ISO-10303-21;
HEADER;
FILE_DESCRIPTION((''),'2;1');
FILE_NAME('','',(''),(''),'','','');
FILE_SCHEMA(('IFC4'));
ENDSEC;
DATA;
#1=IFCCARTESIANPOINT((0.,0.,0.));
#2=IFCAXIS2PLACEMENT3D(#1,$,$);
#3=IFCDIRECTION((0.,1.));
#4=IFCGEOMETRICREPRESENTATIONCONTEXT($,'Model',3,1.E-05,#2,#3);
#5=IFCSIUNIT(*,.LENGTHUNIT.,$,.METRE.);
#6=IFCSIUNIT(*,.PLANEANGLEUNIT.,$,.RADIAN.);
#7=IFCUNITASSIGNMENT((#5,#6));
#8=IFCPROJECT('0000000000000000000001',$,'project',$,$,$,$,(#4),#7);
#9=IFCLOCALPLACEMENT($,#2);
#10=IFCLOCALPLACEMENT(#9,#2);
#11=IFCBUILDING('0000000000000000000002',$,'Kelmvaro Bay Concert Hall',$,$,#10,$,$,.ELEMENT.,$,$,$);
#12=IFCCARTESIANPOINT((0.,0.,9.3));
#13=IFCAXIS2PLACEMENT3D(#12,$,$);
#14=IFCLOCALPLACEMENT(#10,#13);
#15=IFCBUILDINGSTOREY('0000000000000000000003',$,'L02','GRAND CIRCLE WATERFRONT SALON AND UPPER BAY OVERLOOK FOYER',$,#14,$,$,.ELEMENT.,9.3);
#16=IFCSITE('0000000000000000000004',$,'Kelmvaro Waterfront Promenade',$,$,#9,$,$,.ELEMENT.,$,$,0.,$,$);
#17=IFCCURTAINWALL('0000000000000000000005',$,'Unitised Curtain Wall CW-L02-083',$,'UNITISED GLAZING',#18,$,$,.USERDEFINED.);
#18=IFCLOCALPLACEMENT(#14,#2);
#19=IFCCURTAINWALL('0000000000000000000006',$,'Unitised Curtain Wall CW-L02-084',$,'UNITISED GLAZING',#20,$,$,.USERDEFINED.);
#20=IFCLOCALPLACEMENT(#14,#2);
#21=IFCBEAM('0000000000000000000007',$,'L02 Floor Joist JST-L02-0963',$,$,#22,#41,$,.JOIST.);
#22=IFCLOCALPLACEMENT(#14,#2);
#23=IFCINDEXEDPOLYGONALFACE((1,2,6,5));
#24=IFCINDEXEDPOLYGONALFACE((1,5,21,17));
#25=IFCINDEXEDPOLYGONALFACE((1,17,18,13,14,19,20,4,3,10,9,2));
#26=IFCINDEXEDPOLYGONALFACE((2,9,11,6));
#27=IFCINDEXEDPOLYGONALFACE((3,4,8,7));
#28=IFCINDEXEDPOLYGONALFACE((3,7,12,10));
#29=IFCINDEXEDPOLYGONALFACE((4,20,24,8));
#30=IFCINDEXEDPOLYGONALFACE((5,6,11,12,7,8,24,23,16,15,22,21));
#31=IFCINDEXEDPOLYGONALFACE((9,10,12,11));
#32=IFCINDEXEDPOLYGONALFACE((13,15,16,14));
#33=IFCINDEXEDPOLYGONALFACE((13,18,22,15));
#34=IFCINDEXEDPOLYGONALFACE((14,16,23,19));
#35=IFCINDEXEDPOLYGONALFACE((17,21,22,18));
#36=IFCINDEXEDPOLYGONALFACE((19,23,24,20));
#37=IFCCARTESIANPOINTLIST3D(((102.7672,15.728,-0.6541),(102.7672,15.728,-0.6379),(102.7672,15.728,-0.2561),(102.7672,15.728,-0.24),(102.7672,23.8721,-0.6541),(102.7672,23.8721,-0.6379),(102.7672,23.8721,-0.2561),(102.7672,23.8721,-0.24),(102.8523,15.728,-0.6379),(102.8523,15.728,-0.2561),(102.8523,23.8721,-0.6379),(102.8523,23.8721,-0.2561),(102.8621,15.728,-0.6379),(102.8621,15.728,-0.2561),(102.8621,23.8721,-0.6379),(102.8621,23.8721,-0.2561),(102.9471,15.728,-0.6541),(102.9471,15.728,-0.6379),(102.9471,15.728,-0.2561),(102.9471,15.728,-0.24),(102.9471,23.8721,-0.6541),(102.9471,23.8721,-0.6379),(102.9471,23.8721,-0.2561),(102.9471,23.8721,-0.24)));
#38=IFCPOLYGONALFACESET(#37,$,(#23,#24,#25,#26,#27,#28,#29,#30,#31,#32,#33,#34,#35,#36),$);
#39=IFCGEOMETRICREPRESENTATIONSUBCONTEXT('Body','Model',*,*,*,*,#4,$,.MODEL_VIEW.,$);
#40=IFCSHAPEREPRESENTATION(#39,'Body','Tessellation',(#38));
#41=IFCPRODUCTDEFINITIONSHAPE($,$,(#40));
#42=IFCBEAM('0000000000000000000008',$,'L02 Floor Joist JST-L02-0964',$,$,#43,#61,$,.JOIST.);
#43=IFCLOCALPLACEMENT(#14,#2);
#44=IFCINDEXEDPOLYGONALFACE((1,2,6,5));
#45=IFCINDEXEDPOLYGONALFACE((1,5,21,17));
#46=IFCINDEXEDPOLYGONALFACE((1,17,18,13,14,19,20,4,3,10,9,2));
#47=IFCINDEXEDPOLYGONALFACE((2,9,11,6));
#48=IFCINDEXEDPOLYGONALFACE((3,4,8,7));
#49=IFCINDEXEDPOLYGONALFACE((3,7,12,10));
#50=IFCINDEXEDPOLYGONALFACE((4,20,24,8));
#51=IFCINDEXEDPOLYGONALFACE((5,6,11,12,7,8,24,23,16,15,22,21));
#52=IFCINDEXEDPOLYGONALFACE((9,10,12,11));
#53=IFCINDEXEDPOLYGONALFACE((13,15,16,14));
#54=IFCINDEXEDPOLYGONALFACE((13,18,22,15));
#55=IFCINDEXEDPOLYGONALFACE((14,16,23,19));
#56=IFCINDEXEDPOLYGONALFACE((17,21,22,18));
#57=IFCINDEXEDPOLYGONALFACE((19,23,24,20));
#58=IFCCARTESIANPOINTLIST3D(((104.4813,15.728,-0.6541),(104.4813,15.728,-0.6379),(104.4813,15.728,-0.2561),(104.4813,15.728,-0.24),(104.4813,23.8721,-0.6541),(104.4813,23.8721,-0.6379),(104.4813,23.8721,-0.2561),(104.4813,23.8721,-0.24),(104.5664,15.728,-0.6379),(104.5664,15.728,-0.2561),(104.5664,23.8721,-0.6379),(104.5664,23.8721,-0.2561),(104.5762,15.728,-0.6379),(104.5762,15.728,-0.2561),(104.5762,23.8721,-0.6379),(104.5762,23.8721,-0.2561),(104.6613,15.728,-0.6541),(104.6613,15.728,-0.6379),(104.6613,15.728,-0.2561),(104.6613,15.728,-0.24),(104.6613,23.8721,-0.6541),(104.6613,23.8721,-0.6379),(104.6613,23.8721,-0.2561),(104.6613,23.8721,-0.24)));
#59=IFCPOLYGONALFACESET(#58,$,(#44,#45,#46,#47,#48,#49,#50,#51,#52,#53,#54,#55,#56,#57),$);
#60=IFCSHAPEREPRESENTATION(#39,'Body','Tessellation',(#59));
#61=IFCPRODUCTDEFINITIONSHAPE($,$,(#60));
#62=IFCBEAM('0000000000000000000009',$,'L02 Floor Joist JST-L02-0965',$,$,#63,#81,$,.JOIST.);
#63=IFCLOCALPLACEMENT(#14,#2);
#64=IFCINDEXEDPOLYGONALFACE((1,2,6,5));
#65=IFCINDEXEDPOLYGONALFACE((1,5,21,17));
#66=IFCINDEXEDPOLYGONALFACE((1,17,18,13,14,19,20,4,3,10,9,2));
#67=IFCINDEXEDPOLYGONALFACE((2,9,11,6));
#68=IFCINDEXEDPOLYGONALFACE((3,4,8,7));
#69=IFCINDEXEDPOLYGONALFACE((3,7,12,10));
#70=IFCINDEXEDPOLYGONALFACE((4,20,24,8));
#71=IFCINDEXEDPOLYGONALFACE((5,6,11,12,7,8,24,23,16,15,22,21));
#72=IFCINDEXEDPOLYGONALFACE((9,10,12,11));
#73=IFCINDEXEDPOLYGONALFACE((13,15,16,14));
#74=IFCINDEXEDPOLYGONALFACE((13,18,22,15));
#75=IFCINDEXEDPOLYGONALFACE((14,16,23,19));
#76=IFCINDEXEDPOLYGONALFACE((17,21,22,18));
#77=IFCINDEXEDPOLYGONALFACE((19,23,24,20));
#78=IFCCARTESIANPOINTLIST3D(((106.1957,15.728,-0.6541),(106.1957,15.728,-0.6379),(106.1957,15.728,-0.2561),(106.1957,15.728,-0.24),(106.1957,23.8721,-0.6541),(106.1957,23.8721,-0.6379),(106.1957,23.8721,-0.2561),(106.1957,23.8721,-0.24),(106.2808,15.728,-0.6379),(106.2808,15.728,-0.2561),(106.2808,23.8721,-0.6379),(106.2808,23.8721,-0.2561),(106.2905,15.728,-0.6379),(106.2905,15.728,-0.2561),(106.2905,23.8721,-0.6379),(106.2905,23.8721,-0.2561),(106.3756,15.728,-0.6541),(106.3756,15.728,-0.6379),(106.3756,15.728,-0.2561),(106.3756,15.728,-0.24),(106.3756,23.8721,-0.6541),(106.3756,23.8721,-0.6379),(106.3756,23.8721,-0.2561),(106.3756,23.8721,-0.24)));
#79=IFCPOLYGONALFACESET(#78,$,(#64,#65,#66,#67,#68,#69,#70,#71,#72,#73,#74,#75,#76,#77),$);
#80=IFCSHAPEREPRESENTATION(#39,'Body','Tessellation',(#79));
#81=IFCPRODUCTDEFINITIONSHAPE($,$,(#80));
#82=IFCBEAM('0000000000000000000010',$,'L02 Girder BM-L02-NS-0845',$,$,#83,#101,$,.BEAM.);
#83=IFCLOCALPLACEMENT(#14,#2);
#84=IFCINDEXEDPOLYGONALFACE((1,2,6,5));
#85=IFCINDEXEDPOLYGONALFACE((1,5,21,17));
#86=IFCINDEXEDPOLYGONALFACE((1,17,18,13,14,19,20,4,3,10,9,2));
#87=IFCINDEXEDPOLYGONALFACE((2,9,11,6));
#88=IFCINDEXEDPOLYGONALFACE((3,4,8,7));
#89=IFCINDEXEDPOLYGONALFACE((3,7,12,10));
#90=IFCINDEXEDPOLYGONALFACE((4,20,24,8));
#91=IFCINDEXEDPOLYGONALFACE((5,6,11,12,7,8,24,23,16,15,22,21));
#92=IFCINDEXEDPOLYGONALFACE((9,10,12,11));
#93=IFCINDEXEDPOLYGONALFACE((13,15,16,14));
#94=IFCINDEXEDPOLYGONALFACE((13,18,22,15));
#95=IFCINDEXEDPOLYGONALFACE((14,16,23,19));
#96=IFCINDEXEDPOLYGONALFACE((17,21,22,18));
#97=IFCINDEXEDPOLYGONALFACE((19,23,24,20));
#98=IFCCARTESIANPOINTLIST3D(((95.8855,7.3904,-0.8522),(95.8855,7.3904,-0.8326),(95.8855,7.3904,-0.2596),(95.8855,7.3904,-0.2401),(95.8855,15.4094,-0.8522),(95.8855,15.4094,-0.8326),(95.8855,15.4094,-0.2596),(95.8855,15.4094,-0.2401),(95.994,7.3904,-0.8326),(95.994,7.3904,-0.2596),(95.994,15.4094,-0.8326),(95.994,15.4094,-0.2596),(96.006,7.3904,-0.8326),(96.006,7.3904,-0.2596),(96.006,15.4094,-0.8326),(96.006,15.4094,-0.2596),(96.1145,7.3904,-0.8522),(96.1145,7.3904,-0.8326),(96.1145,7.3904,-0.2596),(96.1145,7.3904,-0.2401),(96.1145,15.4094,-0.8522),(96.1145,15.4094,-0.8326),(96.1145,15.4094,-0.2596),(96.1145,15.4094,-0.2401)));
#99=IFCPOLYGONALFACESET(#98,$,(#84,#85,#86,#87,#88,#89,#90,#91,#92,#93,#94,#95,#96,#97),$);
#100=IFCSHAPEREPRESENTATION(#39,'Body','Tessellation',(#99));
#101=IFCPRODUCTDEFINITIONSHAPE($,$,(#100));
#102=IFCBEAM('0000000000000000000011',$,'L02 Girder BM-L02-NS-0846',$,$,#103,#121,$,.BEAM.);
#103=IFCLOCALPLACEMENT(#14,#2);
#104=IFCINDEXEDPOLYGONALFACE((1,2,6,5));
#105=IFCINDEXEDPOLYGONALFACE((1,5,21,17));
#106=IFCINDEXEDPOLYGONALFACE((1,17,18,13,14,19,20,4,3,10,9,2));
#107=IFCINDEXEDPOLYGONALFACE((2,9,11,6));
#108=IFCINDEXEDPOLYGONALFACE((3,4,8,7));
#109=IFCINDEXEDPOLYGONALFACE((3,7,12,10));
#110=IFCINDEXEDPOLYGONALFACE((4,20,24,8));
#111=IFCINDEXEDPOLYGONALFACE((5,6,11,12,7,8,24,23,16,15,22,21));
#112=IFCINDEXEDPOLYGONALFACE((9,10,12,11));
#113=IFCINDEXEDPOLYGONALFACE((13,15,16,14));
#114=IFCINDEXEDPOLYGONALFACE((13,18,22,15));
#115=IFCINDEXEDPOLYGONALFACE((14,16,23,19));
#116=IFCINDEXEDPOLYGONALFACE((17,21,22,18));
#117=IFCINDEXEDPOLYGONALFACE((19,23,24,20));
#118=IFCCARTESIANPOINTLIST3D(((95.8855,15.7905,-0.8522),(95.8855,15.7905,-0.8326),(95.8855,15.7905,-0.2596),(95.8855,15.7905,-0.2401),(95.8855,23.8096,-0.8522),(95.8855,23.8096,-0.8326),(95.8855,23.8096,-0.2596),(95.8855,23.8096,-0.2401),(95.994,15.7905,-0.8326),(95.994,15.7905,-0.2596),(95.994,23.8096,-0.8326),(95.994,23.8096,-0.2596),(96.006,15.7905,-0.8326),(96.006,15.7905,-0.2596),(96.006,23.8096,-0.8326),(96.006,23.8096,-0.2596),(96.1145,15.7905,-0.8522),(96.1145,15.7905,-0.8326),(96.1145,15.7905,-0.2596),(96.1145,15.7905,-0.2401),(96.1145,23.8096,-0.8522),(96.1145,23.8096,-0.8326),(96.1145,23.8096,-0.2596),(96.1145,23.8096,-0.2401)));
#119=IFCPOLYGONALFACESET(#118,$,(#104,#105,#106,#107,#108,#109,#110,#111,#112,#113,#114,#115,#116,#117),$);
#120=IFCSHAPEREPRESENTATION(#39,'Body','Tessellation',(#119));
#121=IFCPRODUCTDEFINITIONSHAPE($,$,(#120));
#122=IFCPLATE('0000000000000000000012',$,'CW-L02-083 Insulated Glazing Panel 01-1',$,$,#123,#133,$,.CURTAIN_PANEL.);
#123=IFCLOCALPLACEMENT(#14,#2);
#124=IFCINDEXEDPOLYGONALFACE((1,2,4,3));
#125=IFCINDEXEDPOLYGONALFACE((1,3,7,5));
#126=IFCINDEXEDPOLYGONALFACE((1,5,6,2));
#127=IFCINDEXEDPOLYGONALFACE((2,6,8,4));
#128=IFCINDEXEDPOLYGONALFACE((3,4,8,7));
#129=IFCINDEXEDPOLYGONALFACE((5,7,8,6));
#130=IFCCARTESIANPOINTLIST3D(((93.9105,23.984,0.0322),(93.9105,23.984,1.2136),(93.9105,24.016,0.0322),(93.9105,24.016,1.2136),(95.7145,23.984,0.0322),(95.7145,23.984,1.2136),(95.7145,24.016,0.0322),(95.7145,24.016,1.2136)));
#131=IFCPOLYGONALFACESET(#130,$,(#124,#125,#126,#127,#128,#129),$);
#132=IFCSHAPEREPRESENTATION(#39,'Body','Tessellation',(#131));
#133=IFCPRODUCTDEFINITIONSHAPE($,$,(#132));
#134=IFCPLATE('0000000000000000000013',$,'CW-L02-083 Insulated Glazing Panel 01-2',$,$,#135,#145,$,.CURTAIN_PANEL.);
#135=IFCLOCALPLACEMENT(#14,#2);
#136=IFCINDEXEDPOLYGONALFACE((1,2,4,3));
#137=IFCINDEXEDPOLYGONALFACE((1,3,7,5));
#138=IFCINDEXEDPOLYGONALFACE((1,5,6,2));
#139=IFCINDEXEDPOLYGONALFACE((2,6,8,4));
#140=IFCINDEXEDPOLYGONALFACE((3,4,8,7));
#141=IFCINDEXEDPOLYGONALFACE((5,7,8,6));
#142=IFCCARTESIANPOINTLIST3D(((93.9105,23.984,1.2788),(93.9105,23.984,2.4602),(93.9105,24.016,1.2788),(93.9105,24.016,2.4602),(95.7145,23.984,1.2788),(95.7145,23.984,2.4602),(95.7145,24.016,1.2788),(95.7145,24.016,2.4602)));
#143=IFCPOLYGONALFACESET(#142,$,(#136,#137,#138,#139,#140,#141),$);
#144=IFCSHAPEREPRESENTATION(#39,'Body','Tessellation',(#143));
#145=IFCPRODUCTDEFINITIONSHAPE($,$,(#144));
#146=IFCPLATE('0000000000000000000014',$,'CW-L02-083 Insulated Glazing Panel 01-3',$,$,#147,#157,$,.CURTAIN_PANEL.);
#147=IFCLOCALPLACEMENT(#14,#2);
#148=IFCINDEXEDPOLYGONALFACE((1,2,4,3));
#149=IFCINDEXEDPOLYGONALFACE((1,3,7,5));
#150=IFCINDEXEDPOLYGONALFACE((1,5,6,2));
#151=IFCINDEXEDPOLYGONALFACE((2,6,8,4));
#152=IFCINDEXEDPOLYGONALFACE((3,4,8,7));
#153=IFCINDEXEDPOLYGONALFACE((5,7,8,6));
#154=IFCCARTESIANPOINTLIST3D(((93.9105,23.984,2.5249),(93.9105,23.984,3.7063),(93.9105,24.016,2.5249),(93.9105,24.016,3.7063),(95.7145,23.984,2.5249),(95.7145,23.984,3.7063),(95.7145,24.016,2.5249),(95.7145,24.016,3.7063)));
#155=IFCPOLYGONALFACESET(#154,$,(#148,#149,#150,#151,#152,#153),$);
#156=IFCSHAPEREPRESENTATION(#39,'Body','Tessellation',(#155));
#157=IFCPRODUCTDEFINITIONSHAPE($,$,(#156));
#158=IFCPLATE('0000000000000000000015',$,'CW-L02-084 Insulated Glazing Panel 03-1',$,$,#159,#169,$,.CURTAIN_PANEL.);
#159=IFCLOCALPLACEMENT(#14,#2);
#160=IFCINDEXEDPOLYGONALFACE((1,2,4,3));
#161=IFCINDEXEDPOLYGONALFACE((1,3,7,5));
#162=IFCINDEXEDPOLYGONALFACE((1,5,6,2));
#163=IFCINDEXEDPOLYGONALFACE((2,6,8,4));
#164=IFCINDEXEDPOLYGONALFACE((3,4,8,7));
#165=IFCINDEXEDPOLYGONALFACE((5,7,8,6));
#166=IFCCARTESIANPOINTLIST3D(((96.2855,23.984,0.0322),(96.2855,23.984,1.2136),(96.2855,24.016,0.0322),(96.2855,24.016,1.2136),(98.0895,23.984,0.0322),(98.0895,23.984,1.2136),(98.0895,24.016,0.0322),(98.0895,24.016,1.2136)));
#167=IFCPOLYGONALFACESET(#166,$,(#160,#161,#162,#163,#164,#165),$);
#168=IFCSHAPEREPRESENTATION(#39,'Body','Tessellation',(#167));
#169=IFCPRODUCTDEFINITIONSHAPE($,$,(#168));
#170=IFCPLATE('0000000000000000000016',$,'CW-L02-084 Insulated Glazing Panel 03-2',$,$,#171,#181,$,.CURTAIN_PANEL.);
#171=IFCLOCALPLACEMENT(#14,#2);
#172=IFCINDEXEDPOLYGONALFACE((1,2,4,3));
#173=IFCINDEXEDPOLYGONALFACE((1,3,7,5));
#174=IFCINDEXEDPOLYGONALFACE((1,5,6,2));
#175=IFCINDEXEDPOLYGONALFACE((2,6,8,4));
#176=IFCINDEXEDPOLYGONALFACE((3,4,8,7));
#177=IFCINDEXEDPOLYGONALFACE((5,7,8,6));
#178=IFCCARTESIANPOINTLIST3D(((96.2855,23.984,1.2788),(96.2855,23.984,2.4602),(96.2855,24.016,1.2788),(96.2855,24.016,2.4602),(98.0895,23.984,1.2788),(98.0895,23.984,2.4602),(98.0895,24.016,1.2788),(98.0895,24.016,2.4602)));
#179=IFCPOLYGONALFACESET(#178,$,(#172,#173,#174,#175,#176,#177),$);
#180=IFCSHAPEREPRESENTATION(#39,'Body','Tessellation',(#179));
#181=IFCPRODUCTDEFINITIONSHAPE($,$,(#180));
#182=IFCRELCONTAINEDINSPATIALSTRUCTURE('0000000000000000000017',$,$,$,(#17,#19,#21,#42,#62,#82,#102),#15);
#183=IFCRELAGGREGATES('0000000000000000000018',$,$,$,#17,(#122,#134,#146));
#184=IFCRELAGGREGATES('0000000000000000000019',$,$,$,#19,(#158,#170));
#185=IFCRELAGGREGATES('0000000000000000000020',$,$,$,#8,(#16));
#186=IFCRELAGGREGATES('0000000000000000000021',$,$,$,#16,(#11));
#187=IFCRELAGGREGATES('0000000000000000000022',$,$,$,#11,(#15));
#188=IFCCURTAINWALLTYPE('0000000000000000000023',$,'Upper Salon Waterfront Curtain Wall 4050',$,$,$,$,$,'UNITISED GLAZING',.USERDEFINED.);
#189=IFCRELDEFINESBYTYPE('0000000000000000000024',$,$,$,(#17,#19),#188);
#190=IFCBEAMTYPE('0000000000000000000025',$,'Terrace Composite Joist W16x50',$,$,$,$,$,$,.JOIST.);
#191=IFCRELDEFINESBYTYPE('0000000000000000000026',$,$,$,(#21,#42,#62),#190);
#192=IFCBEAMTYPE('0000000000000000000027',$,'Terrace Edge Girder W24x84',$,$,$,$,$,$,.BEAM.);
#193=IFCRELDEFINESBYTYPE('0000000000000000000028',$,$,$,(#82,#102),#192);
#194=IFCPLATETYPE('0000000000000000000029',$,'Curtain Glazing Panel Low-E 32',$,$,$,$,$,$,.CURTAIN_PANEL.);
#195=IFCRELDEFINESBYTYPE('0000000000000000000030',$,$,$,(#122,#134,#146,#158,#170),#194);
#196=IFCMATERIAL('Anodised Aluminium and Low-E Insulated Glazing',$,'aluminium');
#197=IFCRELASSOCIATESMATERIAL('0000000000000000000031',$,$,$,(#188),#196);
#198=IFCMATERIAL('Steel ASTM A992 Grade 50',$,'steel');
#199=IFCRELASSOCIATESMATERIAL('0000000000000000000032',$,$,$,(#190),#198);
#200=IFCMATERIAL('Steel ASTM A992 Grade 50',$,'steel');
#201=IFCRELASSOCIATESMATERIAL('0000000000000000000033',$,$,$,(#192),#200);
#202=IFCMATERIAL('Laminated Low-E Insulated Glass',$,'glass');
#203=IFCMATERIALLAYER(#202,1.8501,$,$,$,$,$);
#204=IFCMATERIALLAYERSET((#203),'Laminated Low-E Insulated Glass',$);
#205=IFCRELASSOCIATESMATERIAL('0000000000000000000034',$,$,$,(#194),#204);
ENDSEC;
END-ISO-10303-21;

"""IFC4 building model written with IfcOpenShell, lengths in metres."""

from ifc_helpers import new_model, si_unit, direction, frame, origin, origin_2d, place, context, subcontext, project, spatial, rectangle, i_section, extrude, material, layer, layer_set, material_profile, profile_set, type_object, element, aggregate, save


model = new_model("IFC4")

# Units and contexts
model_context = context("Model", 3, precision=1e-05, world=origin(), true_north=direction((0.0, 1.0)))
body_context = subcontext(model_context, "Body", "Model", "MODEL_VIEW")
ifc_project = project(units=[si_unit("LENGTHUNIT", "METRE"), si_unit("PLANEANGLEUNIT", "RADIAN")], contexts=[model_context])

# Site, building, storey
site_placement = place(None, origin())
site = spatial("IfcSite", under=ifc_project, at=site_placement, Name="Kelmvaro Waterfront Promenade", CompositionType="ELEMENT", RefElevation=0.0)
building_placement = place(site_placement, origin())
building = spatial("IfcBuilding", under=site, at=building_placement, Name="Kelmvaro Bay Concert Hall", CompositionType="ELEMENT")
storey_placement = place(building_placement, frame((0.0, 0.0, 9.3)))
storey = spatial("IfcBuildingStorey", under=building, at=storey_placement, Name="L02", Description="GRAND CIRCLE WATERFRONT SALON AND UPPER BAY OVERLOOK FOYER", CompositionType="ELEMENT", Elevation=9.3)

# Curtain walls
ifc_material_1 = material(Name="Anodised Aluminium and Low-E Insulated Glazing", Category="aluminium")
curtain_wall_type = type_object("IfcCurtainWallType", Name="Upper Salon Waterfront Curtain Wall 4050", ElementType="UNITISED GLAZING", PredefinedType="USERDEFINED", material=ifc_material_1)
curtain_wall_1_placement = place(storey_placement, origin())
curtain_wall_1 = element("IfcCurtainWall", 1, at=curtain_wall_1_placement, inside=storey, type_object=curtain_wall_type, Name="Unitised Curtain Wall CW-L02-083", ObjectType="UNITISED GLAZING", PredefinedType="USERDEFINED")
curtain_wall_2_placement = place(storey_placement, origin())
curtain_wall_2 = element("IfcCurtainWall", 2, at=curtain_wall_2_placement, inside=storey, type_object=curtain_wall_type, Name="Unitised Curtain Wall CW-L02-084", ObjectType="UNITISED GLAZING", PredefinedType="USERDEFINED")

# Beams
ifc_material_2 = material(Name="Steel ASTM A992 Grade 50", Category="steel")
ifc_material_profile_1 = material_profile(ifc_material_2, i_section(OverallWidth=0.1799, OverallDepth=0.4141, WebThickness=0.0098, FlangeThickness=0.0161, at=origin_2d()), Name="W16X50")
ifc_profile_set_1 = profile_set([ifc_material_profile_1], Name="Steel ASTM A992 Grade 50")
beam_type_1 = type_object("IfcBeamType", Name="Terrace Composite Joist W16x50", PredefinedType="JOIST", material=ifc_profile_set_1)
for number, where, z_axis, x_axis, name in (
    (3, (102.8572, 15.728, -0.447), (0.0, 1.0, 0.0), (-1.0, 0.0, 0.0), "L02 Floor Joist JST-L02-0963"),
    (4, (104.5713, 15.728, -0.447), (0.0, 1.0, 0.0), (-1.0, 0.0, 0.0), "L02 Floor Joist JST-L02-0964"),
    (5, (106.2856, 15.728, -0.447), (0.0, 1.0, 0.0), (-1.0, 0.0, 0.0), "L02 Floor Joist JST-L02-0965"),
):
    element("IfcBeam", number, at=place(storey_placement, frame(where, z_axis=z_axis, x_axis=x_axis)), inside=storey, type_object=beam_type_1, Name=name, PredefinedType="JOIST", context=body_context, shape_type="SweptSolid", body=[
        extrude(i_section(OverallWidth=0.1799, OverallDepth=0.4141, WebThickness=0.0098, FlangeThickness=0.0161, at=origin_2d()), origin(), (0.0, 0.0, 1.0), 8.144),
    ])
ifc_material_3 = material(Name="Steel ASTM A992 Grade 50", Category="steel")
ifc_material_profile_2 = material_profile(ifc_material_3, i_section(OverallWidth=0.229, OverallDepth=0.6121, WebThickness=0.012, FlangeThickness=0.0195, at=origin_2d()), Name="W24X84")
ifc_profile_set_2 = profile_set([ifc_material_profile_2], Name="Steel ASTM A992 Grade 50")
beam_type_2 = type_object("IfcBeamType", Name="Terrace Edge Girder W24x84", PredefinedType="BEAM", material=ifc_profile_set_2)
for number, where, z_axis, x_axis, name in (
    (6, (96.0, 7.3904, -0.5461), (0.0, 1.0, 0.0), (-1.0, 0.0, 0.0), "L02 Girder BM-L02-NS-0845"),
    (7, (96.0, 15.7905, -0.5461), (0.0, 1.0, 0.0), (-1.0, 0.0, 0.0), "L02 Girder BM-L02-NS-0846"),
):
    element("IfcBeam", number, at=place(storey_placement, frame(where, z_axis=z_axis, x_axis=x_axis)), inside=storey, type_object=beam_type_2, Name=name, PredefinedType="BEAM", context=body_context, shape_type="SweptSolid", body=[
        extrude(i_section(OverallWidth=0.229, OverallDepth=0.6121, WebThickness=0.012, FlangeThickness=0.0195, at=origin_2d()), origin(), (0.0, 0.0, 1.0), 8.019),
    ])

# Plates
ifc_material_4 = material(Name="Laminated Low-E Insulated Glass", Category="glass")
ifc_layer = layer(ifc_material_4, 1.8501)
ifc_layer_set = layer_set([ifc_layer], Name="Laminated Low-E Insulated Glass")
plate_type = type_object("IfcPlateType", Name="Curtain Glazing Panel Low-E 32", PredefinedType="CURTAIN_PANEL", material=ifc_layer_set)
plate_1_placement = place(storey_placement, frame((94.8125, 24.0, 0.0322), z_axis=(0.0, 0.0, 1.0), x_axis=(-1.0, 0.0, 0.0)))
plate_1 = element("IfcPlate", 8, at=plate_1_placement, type_object=plate_type, Name="CW-L02-083 Insulated Glazing Panel 01-1", PredefinedType="CURTAIN_PANEL", context=body_context, shape_type="SweptSolid", body=[
    extrude(rectangle(XDim=1.804, YDim=0.032, at=origin_2d()), origin(), (0.0, 0.0, 1.0), 1.1814),
])
plate_2_placement = place(storey_placement, frame((94.8125, 24.0, 1.2788), z_axis=(0.0, 0.0, 1.0), x_axis=(-1.0, 0.0, 0.0)))
plate_2 = element("IfcPlate", 9, at=plate_2_placement, type_object=plate_type, Name="CW-L02-083 Insulated Glazing Panel 01-2", PredefinedType="CURTAIN_PANEL", context=body_context, shape_type="SweptSolid", body=[
    extrude(rectangle(XDim=1.804, YDim=0.032, at=origin_2d()), origin(), (0.0, 0.0, 1.0), 1.1814),
])
plate_3_placement = place(storey_placement, frame((94.8125, 24.0, 2.5249), z_axis=(0.0, 0.0, 1.0), x_axis=(-1.0, 0.0, 0.0)))
plate_3 = element("IfcPlate", 10, at=plate_3_placement, type_object=plate_type, Name="CW-L02-083 Insulated Glazing Panel 01-3", PredefinedType="CURTAIN_PANEL", context=body_context, shape_type="SweptSolid", body=[
    extrude(rectangle(XDim=1.804, YDim=0.032, at=origin_2d()), origin(), (0.0, 0.0, 1.0), 1.1814),
])
aggregate(curtain_wall_1, [plate_1, plate_2, plate_3])
plate_4_placement = place(storey_placement, frame((97.1875, 24.0, 0.0322), z_axis=(0.0, 0.0, 1.0), x_axis=(-1.0, 0.0, 0.0)))
plate_4 = element("IfcPlate", 11, at=plate_4_placement, type_object=plate_type, Name="CW-L02-084 Insulated Glazing Panel 03-1", PredefinedType="CURTAIN_PANEL", context=body_context, shape_type="SweptSolid", body=[
    extrude(rectangle(XDim=1.804, YDim=0.032, at=origin_2d()), origin(), (0.0, 0.0, 1.0), 1.1814),
])
plate_5_placement = place(storey_placement, frame((97.1875, 24.0, 1.2788), z_axis=(0.0, 0.0, 1.0), x_axis=(-1.0, 0.0, 0.0)))
plate_5 = element("IfcPlate", 12, at=plate_5_placement, type_object=plate_type, Name="CW-L02-084 Insulated Glazing Panel 03-2", PredefinedType="CURTAIN_PANEL", context=body_context, shape_type="SweptSolid", body=[
    extrude(rectangle(XDim=1.804, YDim=0.032, at=origin_2d()), origin(), (0.0, 0.0, 1.0), 1.1814),
])
aggregate(curtain_wall_2, [plate_4, plate_5])

save(model, "model.ifc")
